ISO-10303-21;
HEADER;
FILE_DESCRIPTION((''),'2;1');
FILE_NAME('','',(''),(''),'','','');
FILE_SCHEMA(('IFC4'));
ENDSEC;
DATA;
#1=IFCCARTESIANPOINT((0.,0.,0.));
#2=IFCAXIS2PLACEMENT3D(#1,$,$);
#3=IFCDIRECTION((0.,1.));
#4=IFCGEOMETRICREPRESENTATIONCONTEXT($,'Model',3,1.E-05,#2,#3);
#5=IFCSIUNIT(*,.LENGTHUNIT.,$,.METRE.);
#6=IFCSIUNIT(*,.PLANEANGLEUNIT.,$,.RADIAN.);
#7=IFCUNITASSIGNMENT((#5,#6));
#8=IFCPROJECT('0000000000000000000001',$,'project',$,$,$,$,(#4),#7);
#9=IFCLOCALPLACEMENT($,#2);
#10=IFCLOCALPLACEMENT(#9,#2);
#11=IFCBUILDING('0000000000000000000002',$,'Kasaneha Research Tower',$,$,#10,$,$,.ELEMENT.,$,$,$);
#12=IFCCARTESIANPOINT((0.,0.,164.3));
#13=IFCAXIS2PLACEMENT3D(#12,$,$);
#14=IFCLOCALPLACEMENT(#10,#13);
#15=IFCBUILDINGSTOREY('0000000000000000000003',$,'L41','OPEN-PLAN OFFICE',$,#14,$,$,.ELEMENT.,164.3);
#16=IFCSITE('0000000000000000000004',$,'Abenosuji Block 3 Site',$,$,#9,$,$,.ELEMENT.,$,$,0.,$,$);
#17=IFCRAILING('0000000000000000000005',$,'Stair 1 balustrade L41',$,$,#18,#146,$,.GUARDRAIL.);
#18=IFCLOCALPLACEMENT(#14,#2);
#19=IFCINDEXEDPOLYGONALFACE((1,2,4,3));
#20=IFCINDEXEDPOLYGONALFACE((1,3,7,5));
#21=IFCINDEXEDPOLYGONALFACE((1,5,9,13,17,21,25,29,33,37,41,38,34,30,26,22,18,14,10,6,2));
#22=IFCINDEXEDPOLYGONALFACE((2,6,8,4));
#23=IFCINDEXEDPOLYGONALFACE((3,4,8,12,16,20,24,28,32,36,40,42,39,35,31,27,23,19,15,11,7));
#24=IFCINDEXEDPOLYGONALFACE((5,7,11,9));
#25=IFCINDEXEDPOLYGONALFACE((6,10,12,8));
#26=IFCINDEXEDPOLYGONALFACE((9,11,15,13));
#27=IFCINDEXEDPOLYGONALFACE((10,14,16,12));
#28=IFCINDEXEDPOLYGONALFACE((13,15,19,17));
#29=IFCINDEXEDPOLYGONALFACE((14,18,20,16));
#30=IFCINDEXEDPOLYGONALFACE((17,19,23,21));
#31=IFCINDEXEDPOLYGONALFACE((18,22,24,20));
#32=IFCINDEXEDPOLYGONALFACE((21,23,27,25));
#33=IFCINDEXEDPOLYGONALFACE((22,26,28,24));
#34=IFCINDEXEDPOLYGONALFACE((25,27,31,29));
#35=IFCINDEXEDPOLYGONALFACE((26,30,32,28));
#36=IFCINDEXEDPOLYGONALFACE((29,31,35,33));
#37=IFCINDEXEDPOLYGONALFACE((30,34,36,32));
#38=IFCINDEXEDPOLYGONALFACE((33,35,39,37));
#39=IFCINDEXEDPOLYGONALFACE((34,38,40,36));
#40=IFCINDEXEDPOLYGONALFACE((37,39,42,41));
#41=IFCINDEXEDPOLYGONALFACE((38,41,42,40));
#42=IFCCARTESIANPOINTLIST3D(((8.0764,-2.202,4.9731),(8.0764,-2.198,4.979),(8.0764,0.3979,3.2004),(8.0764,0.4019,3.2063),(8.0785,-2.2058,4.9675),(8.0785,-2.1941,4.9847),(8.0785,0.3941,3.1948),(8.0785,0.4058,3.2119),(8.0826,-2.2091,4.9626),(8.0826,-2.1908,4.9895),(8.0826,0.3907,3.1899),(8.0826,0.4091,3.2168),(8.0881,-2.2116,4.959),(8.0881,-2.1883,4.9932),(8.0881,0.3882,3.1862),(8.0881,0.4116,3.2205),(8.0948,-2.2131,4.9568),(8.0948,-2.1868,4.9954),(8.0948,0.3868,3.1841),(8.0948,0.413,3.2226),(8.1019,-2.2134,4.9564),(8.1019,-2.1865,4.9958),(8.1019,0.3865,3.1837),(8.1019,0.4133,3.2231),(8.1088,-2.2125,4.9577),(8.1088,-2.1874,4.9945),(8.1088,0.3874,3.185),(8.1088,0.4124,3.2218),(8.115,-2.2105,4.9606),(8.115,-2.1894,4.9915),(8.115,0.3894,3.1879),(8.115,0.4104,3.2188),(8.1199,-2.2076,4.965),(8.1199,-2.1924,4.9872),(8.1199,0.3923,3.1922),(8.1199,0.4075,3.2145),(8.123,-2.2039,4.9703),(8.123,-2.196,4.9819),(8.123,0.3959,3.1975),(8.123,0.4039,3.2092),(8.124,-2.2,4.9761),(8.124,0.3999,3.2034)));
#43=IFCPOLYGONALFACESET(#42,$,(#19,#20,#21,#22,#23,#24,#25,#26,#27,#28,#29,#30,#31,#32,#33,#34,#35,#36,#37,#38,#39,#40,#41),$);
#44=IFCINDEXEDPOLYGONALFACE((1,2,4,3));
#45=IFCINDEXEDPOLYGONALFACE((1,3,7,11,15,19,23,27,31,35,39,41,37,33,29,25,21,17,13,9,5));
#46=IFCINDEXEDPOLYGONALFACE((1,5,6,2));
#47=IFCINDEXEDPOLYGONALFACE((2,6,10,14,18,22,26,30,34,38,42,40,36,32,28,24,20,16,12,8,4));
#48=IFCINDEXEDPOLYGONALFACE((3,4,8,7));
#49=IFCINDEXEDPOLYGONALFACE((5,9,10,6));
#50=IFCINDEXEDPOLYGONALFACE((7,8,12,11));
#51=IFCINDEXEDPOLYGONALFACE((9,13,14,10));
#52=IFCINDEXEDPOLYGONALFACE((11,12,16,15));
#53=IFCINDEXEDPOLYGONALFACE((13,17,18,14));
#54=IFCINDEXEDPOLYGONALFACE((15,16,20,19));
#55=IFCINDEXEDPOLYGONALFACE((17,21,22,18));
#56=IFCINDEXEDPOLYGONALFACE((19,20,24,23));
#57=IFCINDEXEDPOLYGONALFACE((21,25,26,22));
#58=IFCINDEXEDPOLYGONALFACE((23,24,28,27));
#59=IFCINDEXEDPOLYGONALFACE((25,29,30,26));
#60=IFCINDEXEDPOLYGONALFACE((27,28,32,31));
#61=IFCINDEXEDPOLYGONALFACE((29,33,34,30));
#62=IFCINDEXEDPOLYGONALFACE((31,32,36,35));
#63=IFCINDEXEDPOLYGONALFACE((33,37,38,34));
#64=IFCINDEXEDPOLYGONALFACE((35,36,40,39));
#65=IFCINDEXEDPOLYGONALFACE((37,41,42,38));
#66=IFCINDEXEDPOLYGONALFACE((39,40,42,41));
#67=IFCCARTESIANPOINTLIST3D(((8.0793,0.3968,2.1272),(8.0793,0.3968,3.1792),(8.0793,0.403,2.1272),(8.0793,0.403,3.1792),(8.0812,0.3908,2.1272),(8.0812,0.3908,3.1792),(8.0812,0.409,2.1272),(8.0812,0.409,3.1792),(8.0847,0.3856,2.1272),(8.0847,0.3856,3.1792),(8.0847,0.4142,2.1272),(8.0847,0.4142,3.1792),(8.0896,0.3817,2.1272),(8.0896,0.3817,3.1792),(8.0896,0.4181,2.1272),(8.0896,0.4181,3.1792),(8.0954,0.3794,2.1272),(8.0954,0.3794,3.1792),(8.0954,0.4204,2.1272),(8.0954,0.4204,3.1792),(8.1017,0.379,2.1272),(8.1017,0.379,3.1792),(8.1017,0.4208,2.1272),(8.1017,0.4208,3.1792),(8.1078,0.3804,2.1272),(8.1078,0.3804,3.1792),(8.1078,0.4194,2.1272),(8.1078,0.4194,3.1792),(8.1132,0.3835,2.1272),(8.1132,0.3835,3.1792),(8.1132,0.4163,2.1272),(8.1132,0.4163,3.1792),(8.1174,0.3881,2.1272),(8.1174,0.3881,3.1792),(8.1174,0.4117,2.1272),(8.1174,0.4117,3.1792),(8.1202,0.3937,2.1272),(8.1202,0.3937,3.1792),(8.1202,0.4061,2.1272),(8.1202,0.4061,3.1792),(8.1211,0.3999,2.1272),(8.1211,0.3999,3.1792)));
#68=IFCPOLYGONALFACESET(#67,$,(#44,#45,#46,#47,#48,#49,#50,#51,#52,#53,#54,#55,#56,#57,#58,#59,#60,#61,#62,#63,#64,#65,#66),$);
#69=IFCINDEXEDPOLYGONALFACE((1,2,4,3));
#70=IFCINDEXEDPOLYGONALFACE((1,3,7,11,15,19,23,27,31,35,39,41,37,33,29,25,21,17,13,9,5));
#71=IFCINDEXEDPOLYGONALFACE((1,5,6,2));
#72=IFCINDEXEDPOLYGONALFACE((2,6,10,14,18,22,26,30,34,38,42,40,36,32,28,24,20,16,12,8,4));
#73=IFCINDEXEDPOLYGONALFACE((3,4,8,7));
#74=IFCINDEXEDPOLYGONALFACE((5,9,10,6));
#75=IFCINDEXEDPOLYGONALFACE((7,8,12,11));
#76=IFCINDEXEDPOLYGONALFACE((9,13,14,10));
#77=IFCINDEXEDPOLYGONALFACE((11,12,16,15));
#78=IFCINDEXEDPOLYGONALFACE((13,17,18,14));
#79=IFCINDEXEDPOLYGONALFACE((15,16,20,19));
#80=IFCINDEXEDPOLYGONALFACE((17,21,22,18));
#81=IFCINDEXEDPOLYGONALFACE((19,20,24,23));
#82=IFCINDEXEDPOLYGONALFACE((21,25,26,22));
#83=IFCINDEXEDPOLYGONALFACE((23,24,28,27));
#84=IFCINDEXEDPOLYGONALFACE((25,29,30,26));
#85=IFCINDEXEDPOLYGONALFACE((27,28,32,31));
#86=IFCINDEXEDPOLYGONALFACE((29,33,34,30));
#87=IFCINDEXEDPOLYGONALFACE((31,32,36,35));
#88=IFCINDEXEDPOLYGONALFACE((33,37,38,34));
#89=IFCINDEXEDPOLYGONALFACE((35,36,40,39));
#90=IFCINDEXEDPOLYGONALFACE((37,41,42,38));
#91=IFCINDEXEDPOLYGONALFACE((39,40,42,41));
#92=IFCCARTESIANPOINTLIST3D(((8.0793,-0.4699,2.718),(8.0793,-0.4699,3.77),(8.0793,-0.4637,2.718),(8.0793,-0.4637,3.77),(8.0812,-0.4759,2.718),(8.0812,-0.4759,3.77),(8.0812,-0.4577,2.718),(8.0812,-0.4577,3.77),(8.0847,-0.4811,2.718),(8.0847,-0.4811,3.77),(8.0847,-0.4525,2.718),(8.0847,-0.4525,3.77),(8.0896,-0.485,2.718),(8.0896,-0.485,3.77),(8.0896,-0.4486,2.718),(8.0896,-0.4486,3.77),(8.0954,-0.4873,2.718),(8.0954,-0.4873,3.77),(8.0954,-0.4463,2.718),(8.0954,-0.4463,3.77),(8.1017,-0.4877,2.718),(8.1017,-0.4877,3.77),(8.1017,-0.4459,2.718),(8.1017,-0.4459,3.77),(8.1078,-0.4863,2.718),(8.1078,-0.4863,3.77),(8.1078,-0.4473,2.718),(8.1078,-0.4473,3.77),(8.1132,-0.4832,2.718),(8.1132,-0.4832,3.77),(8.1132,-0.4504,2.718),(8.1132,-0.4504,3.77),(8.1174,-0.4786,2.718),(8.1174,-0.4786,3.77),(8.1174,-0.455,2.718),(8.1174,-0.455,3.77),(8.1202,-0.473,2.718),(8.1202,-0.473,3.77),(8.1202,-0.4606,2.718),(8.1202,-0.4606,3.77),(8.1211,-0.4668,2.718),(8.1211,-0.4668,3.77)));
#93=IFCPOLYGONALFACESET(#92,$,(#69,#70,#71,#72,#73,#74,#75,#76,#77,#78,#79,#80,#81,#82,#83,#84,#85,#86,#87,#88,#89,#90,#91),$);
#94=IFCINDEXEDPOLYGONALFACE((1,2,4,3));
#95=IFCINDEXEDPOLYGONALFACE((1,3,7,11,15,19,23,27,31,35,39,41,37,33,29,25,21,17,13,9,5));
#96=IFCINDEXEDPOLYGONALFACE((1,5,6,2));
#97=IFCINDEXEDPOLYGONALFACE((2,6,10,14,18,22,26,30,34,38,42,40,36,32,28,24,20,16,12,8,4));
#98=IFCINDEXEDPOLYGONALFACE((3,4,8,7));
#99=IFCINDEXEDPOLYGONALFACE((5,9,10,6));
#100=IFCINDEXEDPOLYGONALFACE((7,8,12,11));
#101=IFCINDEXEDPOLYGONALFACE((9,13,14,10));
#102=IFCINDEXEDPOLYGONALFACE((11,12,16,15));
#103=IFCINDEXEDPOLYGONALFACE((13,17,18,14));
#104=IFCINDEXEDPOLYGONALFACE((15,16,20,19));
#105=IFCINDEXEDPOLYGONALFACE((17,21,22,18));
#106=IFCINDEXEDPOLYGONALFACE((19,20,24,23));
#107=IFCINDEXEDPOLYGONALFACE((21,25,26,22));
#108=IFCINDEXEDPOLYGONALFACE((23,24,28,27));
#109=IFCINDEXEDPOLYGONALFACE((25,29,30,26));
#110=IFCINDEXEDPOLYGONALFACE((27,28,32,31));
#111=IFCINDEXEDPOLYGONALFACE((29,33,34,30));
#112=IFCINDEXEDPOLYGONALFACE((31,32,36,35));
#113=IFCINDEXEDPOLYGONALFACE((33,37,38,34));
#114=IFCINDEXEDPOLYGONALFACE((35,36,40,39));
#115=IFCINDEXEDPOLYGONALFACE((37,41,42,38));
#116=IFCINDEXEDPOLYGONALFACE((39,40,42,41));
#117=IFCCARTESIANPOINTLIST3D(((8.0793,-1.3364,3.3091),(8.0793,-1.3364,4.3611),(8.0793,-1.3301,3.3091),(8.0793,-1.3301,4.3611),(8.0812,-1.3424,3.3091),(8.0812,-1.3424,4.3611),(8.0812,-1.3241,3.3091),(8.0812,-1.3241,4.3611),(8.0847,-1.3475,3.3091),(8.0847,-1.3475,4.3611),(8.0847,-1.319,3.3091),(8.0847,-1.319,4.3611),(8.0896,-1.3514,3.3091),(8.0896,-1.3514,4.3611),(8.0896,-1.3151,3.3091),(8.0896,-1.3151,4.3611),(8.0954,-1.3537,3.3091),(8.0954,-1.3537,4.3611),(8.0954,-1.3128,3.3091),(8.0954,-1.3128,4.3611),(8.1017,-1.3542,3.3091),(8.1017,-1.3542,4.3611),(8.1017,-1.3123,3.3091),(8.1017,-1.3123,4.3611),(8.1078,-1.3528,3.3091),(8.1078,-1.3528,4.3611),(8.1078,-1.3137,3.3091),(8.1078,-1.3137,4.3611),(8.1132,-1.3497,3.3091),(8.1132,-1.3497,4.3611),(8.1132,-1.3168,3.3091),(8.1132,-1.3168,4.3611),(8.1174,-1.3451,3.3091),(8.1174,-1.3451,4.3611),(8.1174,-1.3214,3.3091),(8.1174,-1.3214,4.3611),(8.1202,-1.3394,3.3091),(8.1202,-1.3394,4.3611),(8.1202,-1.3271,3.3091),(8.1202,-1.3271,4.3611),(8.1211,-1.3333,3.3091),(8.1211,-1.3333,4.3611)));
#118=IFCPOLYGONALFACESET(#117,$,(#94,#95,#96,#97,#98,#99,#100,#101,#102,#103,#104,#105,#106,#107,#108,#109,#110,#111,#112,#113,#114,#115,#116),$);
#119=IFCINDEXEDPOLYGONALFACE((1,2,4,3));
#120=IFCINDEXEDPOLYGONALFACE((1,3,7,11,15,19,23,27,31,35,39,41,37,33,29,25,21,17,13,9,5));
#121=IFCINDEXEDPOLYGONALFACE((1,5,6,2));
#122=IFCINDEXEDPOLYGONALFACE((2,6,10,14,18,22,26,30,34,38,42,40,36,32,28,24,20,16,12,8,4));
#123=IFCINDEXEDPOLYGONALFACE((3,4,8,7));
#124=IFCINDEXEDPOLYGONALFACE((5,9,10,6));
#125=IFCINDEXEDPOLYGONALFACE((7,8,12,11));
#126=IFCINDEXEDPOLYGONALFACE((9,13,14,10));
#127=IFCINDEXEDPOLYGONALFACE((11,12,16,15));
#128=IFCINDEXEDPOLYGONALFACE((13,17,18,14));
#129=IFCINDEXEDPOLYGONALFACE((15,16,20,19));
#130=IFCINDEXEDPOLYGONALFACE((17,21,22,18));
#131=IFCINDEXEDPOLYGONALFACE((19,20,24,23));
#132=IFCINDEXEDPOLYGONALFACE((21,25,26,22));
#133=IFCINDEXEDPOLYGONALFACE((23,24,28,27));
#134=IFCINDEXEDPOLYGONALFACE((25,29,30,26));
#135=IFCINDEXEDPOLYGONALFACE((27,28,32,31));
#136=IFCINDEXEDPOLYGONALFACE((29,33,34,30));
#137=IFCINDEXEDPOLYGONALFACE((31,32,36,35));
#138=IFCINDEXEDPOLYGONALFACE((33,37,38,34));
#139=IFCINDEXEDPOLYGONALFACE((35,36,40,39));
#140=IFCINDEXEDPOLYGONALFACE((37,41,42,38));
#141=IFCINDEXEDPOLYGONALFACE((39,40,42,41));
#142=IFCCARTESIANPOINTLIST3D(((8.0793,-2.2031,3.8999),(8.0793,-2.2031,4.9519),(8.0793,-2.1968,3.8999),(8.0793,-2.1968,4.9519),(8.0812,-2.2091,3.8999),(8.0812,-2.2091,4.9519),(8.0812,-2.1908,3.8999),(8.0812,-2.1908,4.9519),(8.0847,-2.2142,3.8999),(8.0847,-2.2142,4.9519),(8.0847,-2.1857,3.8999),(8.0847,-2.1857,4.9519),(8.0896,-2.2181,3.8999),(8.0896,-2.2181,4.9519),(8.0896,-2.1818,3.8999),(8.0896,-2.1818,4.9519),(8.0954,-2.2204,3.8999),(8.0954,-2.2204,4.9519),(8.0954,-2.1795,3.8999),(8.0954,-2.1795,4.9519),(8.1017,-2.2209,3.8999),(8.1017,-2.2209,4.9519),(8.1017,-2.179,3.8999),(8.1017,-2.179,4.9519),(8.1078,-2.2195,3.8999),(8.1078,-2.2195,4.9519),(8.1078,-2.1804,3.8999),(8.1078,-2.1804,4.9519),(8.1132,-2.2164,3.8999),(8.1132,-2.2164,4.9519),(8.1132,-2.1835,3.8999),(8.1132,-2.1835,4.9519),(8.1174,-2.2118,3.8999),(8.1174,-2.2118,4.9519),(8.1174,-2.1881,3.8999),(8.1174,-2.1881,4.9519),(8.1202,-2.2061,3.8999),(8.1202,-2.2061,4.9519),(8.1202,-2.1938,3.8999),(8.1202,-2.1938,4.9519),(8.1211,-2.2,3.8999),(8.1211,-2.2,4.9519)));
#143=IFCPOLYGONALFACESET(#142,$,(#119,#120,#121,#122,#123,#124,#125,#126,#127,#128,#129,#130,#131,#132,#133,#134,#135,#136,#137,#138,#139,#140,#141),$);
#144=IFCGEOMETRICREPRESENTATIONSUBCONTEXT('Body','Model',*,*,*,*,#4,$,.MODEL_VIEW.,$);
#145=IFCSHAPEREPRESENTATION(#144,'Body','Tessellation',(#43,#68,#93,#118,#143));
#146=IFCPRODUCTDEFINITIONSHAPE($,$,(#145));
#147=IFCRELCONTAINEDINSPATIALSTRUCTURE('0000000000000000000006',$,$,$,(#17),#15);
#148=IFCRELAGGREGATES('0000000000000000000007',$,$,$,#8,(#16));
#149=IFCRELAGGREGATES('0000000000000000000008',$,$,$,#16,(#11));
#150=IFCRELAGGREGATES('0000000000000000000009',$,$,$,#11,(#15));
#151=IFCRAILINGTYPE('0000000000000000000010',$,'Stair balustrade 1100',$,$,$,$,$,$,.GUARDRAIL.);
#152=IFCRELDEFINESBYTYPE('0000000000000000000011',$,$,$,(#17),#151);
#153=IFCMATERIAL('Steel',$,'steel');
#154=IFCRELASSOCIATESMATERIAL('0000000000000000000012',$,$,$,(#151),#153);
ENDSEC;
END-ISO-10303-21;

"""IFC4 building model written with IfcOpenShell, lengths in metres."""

from ifc_helpers import new_model, si_unit, direction, frame, origin, origin_2d, place, context, subcontext, project, spatial, circle, extrude, material, type_object, element, save


model = new_model("IFC4")

# Units and contexts
model_context = context("Model", 3, precision=1e-05, world=origin(), true_north=direction((0.0, 1.0)))
body_context = subcontext(model_context, "Body", "Model", "MODEL_VIEW")
ifc_project = project(units=[si_unit("LENGTHUNIT", "METRE"), si_unit("PLANEANGLEUNIT", "RADIAN")], contexts=[model_context])

# Site, building, storey
site_placement = place(None, origin())
site = spatial("IfcSite", under=ifc_project, at=site_placement, Name="Abenosuji Block 3 Site", CompositionType="ELEMENT", RefElevation=0.0)
building_placement = place(site_placement, origin())
building = spatial("IfcBuilding", under=site, at=building_placement, Name="Kasaneha Research Tower", CompositionType="ELEMENT")
storey_placement = place(building_placement, frame((0.0, 0.0, 164.3)))
storey = spatial("IfcBuildingStorey", under=building, at=storey_placement, Name="L41", Description="OPEN-PLAN OFFICE", CompositionType="ELEMENT", Elevation=164.3)

# Railing
ifc_material_1 = material(Name="Steel", Category="steel")
railing_type_1 = type_object("IfcRailingType", Name="Stair balustrade 1100", PredefinedType="GUARDRAIL", material=ifc_material_1)
railing_1_placement = place(storey_placement, frame((8.1001, 0.3999, 2.1272)))
element("IfcRailing", 1, at=railing_1_placement, inside=storey, type_object=railing_type_1, Name="Stair 1 balustrade L41", PredefinedType="GUARDRAIL", context=body_context, shape_type="SweptSolid", body=[
    extrude(circle(Radius=0.0239, at=origin_2d()), frame((0.0, 0.0, 1.0762), z_axis=(0.0, -0.826216, 0.563354), x_axis=(1.0, 0.0, 0.0)), (0.0, 0.0, 1.0), 3.1467),
    extrude(circle(Radius=0.021, at=origin_2d()), origin(), (0.0, 0.0, 1.0), 1.052),
    extrude(circle(Radius=0.021, at=origin_2d()), frame((0.0, -0.8667, 0.5908)), (0.0, 0.0, 1.0), 1.052),
    extrude(circle(Radius=0.021, at=origin_2d()), frame((0.0, -1.7332, 1.1819)), (0.0, 0.0, 1.0), 1.052),
    extrude(circle(Radius=0.021, at=origin_2d()), frame((0.0, -2.5999, 1.7727)), (0.0, 0.0, 1.0), 1.052),
])

save(model, "model.ifc")
